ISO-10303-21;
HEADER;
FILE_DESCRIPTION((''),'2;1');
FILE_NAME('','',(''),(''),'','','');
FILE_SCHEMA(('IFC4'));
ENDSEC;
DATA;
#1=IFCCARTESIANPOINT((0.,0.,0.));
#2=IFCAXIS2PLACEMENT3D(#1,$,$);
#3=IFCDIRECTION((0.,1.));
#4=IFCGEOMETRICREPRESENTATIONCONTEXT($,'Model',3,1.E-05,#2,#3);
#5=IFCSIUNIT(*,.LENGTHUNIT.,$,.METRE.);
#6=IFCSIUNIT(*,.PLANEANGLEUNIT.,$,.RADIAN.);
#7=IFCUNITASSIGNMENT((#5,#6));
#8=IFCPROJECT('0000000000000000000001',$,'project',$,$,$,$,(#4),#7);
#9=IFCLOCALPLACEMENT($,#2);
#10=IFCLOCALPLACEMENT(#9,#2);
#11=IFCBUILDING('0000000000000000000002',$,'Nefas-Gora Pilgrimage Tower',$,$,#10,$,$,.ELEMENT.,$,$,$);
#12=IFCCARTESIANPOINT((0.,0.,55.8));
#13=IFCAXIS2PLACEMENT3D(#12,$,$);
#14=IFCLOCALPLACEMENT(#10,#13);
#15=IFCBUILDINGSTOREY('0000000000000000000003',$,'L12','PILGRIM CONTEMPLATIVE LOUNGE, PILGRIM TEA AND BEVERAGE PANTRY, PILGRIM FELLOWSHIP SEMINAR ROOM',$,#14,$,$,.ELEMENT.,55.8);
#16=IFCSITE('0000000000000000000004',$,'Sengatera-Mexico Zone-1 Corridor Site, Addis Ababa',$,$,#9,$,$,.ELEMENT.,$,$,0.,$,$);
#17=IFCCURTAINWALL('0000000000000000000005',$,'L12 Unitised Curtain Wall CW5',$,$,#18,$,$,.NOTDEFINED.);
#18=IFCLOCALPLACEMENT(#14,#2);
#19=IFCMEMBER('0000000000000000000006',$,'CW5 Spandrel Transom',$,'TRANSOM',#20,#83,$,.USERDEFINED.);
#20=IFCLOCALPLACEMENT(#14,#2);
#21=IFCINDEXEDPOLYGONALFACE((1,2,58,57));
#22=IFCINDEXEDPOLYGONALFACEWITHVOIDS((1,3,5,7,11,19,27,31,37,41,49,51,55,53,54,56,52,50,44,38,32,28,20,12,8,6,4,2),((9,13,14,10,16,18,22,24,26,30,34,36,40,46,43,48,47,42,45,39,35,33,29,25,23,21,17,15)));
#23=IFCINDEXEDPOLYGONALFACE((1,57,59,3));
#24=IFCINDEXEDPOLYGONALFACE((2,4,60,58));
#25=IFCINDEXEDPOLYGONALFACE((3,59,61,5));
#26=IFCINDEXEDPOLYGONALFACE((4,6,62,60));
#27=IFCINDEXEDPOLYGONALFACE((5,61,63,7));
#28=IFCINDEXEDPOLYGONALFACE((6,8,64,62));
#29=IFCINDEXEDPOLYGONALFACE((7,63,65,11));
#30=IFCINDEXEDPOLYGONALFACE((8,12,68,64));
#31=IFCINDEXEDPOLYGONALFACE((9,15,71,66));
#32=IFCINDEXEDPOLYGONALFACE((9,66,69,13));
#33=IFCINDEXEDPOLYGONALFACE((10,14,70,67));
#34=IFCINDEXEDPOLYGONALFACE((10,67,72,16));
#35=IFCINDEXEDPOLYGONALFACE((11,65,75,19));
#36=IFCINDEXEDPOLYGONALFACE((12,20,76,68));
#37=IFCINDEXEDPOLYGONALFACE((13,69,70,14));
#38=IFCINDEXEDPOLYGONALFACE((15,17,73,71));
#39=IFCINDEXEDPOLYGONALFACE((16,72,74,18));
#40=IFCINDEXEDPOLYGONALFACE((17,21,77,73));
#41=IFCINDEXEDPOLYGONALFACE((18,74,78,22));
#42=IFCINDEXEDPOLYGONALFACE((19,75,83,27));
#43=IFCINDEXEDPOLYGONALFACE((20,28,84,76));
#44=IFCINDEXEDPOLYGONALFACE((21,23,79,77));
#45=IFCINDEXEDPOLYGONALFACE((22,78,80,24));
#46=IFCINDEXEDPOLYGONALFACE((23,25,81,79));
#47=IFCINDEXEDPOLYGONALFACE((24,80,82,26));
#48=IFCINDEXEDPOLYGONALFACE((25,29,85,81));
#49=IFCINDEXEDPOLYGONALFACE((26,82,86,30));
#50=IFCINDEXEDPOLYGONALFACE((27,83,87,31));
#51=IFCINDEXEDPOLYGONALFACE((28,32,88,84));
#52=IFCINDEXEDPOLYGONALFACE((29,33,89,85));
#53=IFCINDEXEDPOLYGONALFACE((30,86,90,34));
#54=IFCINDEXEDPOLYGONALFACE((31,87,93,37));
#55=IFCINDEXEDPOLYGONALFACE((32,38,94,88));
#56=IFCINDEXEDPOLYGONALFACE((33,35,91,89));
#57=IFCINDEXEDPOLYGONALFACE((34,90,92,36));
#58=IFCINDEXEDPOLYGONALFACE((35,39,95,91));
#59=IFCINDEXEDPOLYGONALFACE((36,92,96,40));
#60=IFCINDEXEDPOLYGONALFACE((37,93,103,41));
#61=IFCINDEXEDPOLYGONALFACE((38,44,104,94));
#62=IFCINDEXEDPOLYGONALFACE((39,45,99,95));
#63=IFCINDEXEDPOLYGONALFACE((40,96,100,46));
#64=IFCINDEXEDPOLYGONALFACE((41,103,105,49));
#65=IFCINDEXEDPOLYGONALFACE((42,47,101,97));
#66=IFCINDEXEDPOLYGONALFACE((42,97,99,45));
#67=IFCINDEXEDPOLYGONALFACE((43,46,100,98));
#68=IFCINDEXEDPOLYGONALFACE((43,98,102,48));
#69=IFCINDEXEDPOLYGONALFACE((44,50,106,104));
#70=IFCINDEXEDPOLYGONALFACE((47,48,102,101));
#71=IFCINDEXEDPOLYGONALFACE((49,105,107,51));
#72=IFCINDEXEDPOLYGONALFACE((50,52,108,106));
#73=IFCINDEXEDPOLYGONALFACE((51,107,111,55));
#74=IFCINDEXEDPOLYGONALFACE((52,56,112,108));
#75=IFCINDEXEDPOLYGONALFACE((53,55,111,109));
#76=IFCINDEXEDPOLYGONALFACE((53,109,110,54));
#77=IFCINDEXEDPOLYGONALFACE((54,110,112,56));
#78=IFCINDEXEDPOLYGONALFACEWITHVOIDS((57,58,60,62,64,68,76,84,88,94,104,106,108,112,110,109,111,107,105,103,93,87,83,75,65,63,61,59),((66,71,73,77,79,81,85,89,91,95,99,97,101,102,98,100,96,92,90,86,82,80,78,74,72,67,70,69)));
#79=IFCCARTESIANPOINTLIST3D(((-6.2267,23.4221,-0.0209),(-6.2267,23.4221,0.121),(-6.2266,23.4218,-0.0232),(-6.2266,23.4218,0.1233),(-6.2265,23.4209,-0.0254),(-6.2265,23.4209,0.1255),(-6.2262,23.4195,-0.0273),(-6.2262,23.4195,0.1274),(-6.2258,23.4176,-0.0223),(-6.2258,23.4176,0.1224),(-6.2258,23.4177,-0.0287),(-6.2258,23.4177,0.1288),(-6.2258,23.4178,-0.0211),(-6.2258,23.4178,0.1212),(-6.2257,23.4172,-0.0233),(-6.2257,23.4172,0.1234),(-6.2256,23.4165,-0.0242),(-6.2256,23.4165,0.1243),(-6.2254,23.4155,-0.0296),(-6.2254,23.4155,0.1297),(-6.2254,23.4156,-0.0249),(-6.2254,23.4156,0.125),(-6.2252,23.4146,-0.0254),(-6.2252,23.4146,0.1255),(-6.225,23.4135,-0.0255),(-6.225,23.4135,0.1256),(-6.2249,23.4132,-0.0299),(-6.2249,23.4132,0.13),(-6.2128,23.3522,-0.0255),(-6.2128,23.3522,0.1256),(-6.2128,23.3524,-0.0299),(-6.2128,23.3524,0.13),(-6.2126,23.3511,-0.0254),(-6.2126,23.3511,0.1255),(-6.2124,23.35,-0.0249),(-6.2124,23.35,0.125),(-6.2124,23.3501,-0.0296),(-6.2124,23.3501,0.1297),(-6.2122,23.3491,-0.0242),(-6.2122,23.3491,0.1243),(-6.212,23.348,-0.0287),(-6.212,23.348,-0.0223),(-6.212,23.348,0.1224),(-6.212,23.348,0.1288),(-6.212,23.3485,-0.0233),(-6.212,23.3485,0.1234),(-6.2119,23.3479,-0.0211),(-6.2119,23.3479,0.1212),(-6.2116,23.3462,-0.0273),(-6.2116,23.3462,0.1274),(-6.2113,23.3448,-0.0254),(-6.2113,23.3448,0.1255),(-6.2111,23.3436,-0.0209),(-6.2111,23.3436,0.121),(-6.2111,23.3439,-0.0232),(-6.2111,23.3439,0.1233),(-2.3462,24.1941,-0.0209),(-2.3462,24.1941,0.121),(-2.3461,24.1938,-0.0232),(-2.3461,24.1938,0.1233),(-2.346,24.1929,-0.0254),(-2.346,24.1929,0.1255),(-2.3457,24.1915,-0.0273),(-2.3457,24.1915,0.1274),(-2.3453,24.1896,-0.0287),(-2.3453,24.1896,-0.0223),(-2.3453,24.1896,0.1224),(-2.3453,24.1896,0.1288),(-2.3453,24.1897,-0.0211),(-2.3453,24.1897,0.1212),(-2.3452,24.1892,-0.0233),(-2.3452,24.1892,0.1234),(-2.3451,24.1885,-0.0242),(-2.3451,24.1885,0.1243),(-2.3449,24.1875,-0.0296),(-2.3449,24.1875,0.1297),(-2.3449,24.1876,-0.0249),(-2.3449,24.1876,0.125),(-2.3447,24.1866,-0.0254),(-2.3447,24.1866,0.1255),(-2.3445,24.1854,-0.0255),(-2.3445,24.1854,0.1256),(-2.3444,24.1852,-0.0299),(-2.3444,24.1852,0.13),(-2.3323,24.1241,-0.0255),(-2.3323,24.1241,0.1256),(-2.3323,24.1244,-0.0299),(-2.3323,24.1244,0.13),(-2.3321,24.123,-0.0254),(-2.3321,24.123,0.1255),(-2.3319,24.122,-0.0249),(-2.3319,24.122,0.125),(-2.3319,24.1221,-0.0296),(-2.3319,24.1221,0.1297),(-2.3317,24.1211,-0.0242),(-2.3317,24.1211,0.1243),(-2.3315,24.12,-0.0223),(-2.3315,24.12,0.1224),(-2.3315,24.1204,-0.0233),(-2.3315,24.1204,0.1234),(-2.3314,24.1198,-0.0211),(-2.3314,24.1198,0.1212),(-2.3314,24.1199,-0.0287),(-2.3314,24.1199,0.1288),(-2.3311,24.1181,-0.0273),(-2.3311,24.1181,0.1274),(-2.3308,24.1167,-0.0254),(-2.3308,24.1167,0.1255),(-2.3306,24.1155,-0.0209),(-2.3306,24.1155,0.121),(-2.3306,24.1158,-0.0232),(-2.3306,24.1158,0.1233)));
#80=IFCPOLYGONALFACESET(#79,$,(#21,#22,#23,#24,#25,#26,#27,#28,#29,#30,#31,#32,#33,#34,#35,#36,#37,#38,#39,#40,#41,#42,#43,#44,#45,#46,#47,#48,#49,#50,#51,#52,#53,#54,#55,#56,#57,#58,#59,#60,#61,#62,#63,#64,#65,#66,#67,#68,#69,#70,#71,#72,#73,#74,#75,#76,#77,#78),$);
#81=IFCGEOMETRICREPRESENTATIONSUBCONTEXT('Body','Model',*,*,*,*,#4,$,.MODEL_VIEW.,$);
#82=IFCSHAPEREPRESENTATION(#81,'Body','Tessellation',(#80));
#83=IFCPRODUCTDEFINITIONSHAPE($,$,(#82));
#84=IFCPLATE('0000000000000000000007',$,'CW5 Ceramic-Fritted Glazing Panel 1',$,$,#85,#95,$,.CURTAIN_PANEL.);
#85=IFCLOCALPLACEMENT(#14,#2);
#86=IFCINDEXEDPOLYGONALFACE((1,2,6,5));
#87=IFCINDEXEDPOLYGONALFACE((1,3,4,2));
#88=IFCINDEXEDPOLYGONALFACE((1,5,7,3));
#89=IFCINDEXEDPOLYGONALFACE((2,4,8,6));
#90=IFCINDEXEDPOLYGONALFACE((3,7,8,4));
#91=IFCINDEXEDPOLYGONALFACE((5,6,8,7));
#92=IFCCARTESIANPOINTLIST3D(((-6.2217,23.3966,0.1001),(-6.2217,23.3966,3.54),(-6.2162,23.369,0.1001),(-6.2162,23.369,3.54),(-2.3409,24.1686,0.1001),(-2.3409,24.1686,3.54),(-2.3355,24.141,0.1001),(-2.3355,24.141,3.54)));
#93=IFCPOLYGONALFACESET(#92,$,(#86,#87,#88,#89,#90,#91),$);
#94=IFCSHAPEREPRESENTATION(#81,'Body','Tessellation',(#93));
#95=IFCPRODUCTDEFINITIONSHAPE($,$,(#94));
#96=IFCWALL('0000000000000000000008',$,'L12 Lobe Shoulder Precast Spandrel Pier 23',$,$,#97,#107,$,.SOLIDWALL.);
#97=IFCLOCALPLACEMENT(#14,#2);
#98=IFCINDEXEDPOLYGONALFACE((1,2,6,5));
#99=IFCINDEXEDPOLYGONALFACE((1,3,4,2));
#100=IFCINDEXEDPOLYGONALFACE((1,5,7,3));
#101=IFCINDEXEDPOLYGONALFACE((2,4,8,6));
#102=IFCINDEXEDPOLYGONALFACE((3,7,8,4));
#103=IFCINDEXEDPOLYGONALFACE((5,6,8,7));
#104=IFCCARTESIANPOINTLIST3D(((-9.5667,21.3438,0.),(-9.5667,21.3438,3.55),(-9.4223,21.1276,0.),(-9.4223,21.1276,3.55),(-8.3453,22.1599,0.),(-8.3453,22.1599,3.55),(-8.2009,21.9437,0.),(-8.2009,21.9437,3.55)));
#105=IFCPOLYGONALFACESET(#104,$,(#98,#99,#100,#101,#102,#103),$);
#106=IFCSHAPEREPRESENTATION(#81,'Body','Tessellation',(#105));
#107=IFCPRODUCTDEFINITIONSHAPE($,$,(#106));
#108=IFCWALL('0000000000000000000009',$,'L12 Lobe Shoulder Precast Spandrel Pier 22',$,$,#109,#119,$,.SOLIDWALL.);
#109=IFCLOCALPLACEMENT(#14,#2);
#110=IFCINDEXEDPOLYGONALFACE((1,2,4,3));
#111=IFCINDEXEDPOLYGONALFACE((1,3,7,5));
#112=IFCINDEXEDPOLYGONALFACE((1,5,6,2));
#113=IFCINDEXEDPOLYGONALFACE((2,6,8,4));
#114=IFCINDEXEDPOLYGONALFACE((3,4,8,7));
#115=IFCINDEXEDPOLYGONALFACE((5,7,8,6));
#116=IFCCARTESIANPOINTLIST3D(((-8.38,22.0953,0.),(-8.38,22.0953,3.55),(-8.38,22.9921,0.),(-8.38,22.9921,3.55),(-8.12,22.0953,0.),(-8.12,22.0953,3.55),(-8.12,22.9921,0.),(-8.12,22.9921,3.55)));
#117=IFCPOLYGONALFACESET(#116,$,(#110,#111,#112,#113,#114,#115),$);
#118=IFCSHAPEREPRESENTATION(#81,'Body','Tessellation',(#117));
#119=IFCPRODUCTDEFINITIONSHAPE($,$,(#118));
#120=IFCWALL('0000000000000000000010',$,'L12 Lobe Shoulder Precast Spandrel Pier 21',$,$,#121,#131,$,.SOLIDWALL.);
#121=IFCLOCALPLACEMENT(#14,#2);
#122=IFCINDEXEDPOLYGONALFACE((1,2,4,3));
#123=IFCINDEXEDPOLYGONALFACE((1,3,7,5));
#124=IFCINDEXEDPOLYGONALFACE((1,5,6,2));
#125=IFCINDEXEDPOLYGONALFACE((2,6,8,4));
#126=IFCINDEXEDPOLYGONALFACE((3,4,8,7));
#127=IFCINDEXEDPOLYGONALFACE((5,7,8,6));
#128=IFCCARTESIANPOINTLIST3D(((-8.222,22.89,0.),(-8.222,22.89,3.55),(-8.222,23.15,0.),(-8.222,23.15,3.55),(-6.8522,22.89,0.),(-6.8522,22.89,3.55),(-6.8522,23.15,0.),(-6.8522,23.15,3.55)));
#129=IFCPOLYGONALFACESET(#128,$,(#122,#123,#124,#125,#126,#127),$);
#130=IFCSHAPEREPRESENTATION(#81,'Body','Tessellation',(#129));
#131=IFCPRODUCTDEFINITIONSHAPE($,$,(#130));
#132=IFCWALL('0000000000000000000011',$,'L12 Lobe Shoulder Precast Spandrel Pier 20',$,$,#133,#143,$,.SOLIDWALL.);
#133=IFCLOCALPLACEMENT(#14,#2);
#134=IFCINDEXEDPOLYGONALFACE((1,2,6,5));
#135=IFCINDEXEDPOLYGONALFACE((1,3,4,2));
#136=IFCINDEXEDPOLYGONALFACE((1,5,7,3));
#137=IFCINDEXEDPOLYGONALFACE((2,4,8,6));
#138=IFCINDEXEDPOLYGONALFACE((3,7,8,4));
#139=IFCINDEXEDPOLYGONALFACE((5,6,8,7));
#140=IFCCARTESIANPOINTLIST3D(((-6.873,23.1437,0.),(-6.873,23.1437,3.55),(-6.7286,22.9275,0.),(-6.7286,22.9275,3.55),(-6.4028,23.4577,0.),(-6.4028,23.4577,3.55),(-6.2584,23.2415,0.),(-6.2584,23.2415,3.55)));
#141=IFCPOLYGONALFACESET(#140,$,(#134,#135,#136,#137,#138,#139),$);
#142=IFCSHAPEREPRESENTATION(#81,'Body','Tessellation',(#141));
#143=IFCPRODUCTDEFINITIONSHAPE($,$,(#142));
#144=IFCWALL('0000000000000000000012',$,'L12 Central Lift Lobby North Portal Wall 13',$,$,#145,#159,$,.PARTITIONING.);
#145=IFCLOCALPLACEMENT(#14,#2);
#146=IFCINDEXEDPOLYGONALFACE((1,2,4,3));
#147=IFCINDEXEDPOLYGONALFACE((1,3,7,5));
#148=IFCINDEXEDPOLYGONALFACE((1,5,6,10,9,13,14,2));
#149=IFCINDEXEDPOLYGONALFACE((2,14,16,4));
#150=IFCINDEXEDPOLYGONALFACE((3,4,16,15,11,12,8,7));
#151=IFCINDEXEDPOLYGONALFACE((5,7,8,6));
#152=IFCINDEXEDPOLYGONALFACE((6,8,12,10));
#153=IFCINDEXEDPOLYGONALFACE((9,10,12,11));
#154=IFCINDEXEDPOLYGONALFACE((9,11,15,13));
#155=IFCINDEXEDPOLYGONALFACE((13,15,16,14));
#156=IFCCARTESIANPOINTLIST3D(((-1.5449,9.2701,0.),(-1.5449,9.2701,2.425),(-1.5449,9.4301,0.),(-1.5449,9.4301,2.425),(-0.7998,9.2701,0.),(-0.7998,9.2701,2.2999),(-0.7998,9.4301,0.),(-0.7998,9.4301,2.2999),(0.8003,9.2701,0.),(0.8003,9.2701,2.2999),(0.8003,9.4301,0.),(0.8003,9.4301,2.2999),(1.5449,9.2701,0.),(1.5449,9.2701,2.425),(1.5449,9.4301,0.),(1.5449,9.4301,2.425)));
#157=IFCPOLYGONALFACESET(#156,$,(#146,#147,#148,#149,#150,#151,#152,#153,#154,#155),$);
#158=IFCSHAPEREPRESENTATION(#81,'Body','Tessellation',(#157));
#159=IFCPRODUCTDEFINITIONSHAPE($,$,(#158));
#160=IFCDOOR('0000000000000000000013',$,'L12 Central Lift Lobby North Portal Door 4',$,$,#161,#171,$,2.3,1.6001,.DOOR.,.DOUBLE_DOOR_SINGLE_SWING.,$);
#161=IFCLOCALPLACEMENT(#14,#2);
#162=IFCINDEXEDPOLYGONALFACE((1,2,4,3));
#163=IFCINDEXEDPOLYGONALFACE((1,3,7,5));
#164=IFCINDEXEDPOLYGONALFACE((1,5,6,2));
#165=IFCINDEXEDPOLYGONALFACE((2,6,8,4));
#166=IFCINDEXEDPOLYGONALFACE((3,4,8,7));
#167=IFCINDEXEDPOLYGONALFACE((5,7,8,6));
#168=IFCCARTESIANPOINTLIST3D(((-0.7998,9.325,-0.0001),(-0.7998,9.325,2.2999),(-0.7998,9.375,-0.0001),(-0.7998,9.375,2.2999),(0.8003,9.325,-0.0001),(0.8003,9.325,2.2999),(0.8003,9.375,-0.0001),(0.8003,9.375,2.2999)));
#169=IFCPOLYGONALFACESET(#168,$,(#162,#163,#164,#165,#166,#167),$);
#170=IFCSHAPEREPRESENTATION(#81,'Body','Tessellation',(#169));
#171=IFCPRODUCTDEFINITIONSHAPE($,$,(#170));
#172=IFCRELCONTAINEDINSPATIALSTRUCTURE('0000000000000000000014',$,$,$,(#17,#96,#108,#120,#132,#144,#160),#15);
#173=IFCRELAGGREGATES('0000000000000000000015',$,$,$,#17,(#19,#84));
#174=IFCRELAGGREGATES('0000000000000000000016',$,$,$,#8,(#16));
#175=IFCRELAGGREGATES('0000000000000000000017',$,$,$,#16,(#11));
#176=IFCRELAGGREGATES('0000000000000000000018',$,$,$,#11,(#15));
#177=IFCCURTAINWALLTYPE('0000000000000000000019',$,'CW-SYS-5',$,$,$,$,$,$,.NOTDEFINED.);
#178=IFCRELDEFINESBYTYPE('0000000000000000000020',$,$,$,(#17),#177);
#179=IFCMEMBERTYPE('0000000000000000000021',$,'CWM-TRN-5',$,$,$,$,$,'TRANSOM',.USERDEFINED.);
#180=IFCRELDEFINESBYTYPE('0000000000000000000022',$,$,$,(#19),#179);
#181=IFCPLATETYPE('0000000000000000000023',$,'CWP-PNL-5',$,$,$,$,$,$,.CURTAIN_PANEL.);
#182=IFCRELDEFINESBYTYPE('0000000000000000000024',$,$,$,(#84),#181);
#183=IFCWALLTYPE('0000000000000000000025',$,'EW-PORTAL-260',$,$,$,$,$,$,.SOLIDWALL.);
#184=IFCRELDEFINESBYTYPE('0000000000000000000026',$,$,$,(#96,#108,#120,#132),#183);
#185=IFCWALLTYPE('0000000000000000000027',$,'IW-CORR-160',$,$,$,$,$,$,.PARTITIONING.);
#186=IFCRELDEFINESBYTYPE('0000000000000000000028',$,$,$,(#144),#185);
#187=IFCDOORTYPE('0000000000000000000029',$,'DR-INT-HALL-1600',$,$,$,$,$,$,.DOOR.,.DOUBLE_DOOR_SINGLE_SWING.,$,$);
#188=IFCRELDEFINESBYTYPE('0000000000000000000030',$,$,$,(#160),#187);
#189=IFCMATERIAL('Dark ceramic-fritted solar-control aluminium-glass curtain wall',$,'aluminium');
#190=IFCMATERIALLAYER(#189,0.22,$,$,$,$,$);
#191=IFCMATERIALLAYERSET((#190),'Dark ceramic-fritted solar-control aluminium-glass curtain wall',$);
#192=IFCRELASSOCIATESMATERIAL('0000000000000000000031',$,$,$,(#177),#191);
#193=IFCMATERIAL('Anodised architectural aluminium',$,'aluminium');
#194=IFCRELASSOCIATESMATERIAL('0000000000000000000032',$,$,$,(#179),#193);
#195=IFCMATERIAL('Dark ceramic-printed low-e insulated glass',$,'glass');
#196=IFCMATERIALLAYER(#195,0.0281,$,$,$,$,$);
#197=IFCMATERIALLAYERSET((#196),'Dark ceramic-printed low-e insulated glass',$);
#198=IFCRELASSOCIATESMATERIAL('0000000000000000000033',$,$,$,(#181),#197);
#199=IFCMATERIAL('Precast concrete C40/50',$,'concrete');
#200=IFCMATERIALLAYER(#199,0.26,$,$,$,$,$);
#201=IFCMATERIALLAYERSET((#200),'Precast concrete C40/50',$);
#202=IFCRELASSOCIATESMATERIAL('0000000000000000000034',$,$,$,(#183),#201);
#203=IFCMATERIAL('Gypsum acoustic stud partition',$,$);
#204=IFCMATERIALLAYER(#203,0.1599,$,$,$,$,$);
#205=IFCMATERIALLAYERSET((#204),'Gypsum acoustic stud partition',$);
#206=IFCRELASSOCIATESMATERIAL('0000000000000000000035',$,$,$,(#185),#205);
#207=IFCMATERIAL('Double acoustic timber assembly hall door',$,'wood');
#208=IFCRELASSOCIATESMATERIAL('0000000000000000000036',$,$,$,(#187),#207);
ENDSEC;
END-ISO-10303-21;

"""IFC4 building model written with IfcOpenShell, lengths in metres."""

from ifc_helpers import new_model, si_unit, direction, frame, frame_2d, origin, origin_2d, place, context, subcontext, project, spatial, rectangle, hollow_rectangle, extrude, source, transform, mapped, material, layer, layer_set, material_profile, profile_set, type_object, element, fill, aggregate, save


model = new_model("IFC4")

# Units and contexts
model_context = context("Model", 3, precision=1e-05, world=origin(), true_north=direction((0.0, 1.0)))
body_context = subcontext(model_context, "Body", "Model", "MODEL_VIEW")
ifc_project = project(units=[si_unit("LENGTHUNIT", "METRE"), si_unit("PLANEANGLEUNIT", "RADIAN")], contexts=[model_context])

# Site, building, storey
site_placement = place(None, origin())
site = spatial("IfcSite", under=ifc_project, at=site_placement, Name="Sengatera-Mexico Zone-1 Corridor Site, Addis Ababa", CompositionType="ELEMENT", RefElevation=0.0)
building_placement = place(site_placement, origin())
building = spatial("IfcBuilding", under=site, at=building_placement, Name="Nefas-Gora Pilgrimage Tower", CompositionType="ELEMENT")
storey_placement = place(building_placement, frame((0.0, 0.0, 55.8)))
storey = spatial("IfcBuildingStorey", under=building, at=storey_placement, Name="L12", Description="PILGRIM CONTEMPLATIVE LOUNGE, PILGRIM TEA AND BEVERAGE PANTRY, PILGRIM FELLOWSHIP SEMINAR ROOM", CompositionType="ELEMENT", Elevation=55.8)

# Curtain wall
ifc_material_1 = material(Name="Dark ceramic-fritted solar-control aluminium-glass curtain wall", Category="aluminium")
ifc_layer_1 = layer(ifc_material_1, 0.22)
ifc_layer_set_1 = layer_set([ifc_layer_1], Name="Dark ceramic-fritted solar-control aluminium-glass curtain wall")
curtain_wall_type = type_object("IfcCurtainWallType", Name="CW-SYS-5", PredefinedType="NOTDEFINED", material=ifc_layer_set_1)
curtain_wall_1_placement = place(storey_placement, origin())
curtain_wall_1 = element("IfcCurtainWall", 1, at=curtain_wall_1_placement, inside=storey, type_object=curtain_wall_type, Name="L12 Unitised Curtain Wall CW5", PredefinedType="NOTDEFINED")
ifc_material_2 = material(Name="Anodised architectural aluminium", Category="aluminium")
ifc_material_profile_1 = material_profile(ifc_material_2, hollow_rectangle(XDim=0.0801, YDim=0.1599, WallThickness=0.0044, InnerFilletRadius=0.0044, OuterFilletRadius=0.009, at=origin_2d()), Name="ALU TRANSOM 80x160")
ifc_profile_set_1 = profile_set([ifc_material_profile_1], Name="Anodised architectural aluminium")
member_type_1 = type_object("IfcMemberType", Name="CWM-TRN-5", ElementType="TRANSOM", PredefinedType="USERDEFINED", material=ifc_profile_set_1)

# Member
shared_shape_1 = source(origin(), body_context, "Body", "SweptSolid", [
    extrude(hollow_rectangle(XDim=0.0801, YDim=0.1599, WallThickness=0.0044, InnerFilletRadius=0.0044, OuterFilletRadius=0.009, at=origin_2d()), origin(), (0.0, 0.0, 1.0), 3.9565),
])
member_1_placement = place(storey_placement, frame((-2.3384, 24.1548, 0.05), z_axis=(-0.980782, -0.195107, 0.0), x_axis=(0.195107, -0.980782, 0.0)))
member_1 = element("IfcMember", 2, at=member_1_placement, type_object=member_type_1, Name="CW5 Spandrel Transom", ObjectType="TRANSOM", PredefinedType="USERDEFINED", context=body_context, shape_type="MappedRepresentation", body=[
    mapped(shared_shape_1, transform((0.0, 0.0, 0.0), x_axis=(1.0, 0.0, 0.0), y_axis=(0.0, 1.0, 0.0), z_axis=(0.0, 0.0, 1.0), scale=1.0)),
])

# Plate
ifc_material_3 = material(Name="Dark ceramic-printed low-e insulated glass", Category="glass")
ifc_layer_2 = layer(ifc_material_3, 0.0281)
ifc_layer_set_2 = layer_set([ifc_layer_2], Name="Dark ceramic-printed low-e insulated glass")
plate_type = type_object("IfcPlateType", Name="CWP-PNL-5", PredefinedType="CURTAIN_PANEL", material=ifc_layer_set_2)
shared_shape_2 = source(origin(), body_context, "Body", "SweptSolid", [
    extrude(rectangle(XDim=3.9568, YDim=0.0281, at=origin_2d()), origin(), (0.0, 0.0, 1.0), 3.4399),
])
plate_placement = place(storey_placement, frame((-4.2786, 23.7688, 0.1001), z_axis=(0.0, 0.0, 1.0), x_axis=(-0.980783, -0.195102, 0.0)))
plate = element("IfcPlate", 3, at=plate_placement, type_object=plate_type, Name="CW5 Ceramic-Fritted Glazing Panel 1", PredefinedType="CURTAIN_PANEL", context=body_context, shape_type="MappedRepresentation", body=[
    mapped(shared_shape_2, transform((0.0, 0.0, 0.0), x_axis=(1.0, 0.0, 0.0), y_axis=(0.0, 1.0, 0.0), z_axis=(0.0, 0.0, 1.0), scale=1.0)),
])
aggregate(curtain_wall_1, [member_1, plate])

# Walls
ifc_material_4 = material(Name="Precast concrete C40/50", Category="concrete")
ifc_layer_3 = layer(ifc_material_4, 0.26)
ifc_layer_set_3 = layer_set([ifc_layer_3], Name="Precast concrete C40/50")
wall_type_1 = type_object("IfcWallType", Name="EW-PORTAL-260", PredefinedType="SOLIDWALL", material=ifc_layer_set_3)
shared_shape_3 = source(origin(), body_context, "Body", "SweptSolid", [
    extrude(rectangle(XDim=1.469, YDim=0.26, at=frame_2d((0.7344, 0.0))), origin(), (0.0, 0.0, 1.0), 3.55),
])
wall_1_placement = place(storey_placement, frame((-8.2732, 22.0518, 0.0), z_axis=(0.0, 0.0, 1.0), x_axis=(-0.831462, -0.555582, 0.0)))
element("IfcWall", 4, at=wall_1_placement, inside=storey, type_object=wall_type_1, Name="L12 Lobe Shoulder Precast Spandrel Pier 23", PredefinedType="SOLIDWALL", context=body_context, shape_type="MappedRepresentation", body=[
    mapped(shared_shape_3, transform((0.0, 0.0, 0.0), x_axis=(1.0, 0.0, 0.0), y_axis=(0.0, 1.0, 0.0), z_axis=(0.0, 0.0, 1.0), scale=1.0)),
])
shared_shape_4 = source(origin(), body_context, "Body", "SweptSolid", [
    extrude(rectangle(XDim=0.8967, YDim=0.26, at=frame_2d((0.4482, 0.0))), origin(), (0.0, 0.0, 1.0), 3.55),
])
wall_2_placement = place(storey_placement, frame((-8.25, 22.9919, 0.0), z_axis=(0.0, 0.0, 1.0), x_axis=(0.0, -1.0, 0.0)))
element("IfcWall", 5, at=wall_2_placement, inside=storey, type_object=wall_type_1, Name="L12 Lobe Shoulder Precast Spandrel Pier 22", PredefinedType="SOLIDWALL", context=body_context, shape_type="MappedRepresentation", body=[
    mapped(shared_shape_4, transform((0.0, 0.0, 0.0), x_axis=(1.0, 0.0, 0.0), y_axis=(0.0, 1.0, 0.0), z_axis=(0.0, 0.0, 1.0), scale=1.0)),
])
shared_shape_5 = source(origin(), body_context, "Body", "SweptSolid", [
    extrude(rectangle(XDim=1.3699, YDim=0.26, at=frame_2d((0.6851, 0.0))), origin(), (0.0, 0.0, 1.0), 3.55),
])
wall_3_placement = place(storey_placement, frame((-6.8521, 23.02, 0.0), z_axis=(0.0, 0.0, 1.0), x_axis=(-1.0, 0.0, 0.0)))
element("IfcWall", 6, at=wall_3_placement, inside=storey, type_object=wall_type_1, Name="L12 Lobe Shoulder Precast Spandrel Pier 21", PredefinedType="SOLIDWALL", context=body_context, shape_type="MappedRepresentation", body=[
    mapped(shared_shape_5, transform((0.0, 0.0, 0.0), x_axis=(1.0, 0.0, 0.0), y_axis=(0.0, 1.0, 0.0), z_axis=(0.0, 0.0, 1.0), scale=1.0)),
])
shared_shape_6 = source(origin(), body_context, "Body", "SweptSolid", [
    extrude(rectangle(XDim=0.5654, YDim=0.26, at=frame_2d((0.2827, 0.0))), origin(), (0.0, 0.0, 1.0), 3.55),
])
wall_4_placement = place(storey_placement, frame((-6.3306, 23.3496, 0.0), z_axis=(0.0, 0.0, 1.0), x_axis=(-0.831651, -0.555298, 0.0)))
element("IfcWall", 7, at=wall_4_placement, inside=storey, type_object=wall_type_1, Name="L12 Lobe Shoulder Precast Spandrel Pier 20", PredefinedType="SOLIDWALL", context=body_context, shape_type="MappedRepresentation", body=[
    mapped(shared_shape_6, transform((0.0, 0.0, 0.0), x_axis=(1.0, 0.0, 0.0), y_axis=(0.0, 1.0, 0.0), z_axis=(0.0, 0.0, 1.0), scale=1.0)),
])

# Wall, opening, door
ifc_material_5 = material(Name="Gypsum acoustic stud partition")
ifc_layer_4 = layer(ifc_material_5, 0.1599)
ifc_layer_set_4 = layer_set([ifc_layer_4], Name="Gypsum acoustic stud partition")
wall_type_2 = type_object("IfcWallType", Name="IW-CORR-160", PredefinedType="PARTITIONING", material=ifc_layer_set_4)
shared_shape_7 = source(origin(), body_context, "Body", "SweptSolid", [
    extrude(rectangle(XDim=3.0898, YDim=0.1599, at=frame_2d((1.5449, 0.0))), origin(), (0.0, 0.0, 1.0), 2.425),
])
wall_5_placement = place(storey_placement, frame((-1.5449, 9.3501, 0.0), z_axis=(0.0, 0.0, 1.0), x_axis=(1.0, 0.0, 0.0)))
wall_5 = element("IfcWall", 8, at=wall_5_placement, inside=storey, type_object=wall_type_2, Name="L12 Central Lift Lobby North Portal Wall 13", PredefinedType="PARTITIONING", context=body_context, shape_type="MappedRepresentation", body=[
    mapped(shared_shape_7, transform((0.0, 0.0, 0.0), x_axis=(1.0, 0.0, 0.0), y_axis=(0.0, 1.0, 0.0), z_axis=(0.0, 0.0, 1.0), scale=1.0)),
])
opening_1_placement = place(wall_5_placement, frame((0.7451, 0.0, 0.0)))
opening_1 = element("IfcOpeningElement", 9, at=opening_1_placement, cuts=wall_5, PredefinedType="OPENING", context=body_context, shape_type="SweptSolid", body=[
    extrude(rectangle(XDim=1.6001, YDim=2.3, at=frame_2d((0.8, 1.1499))), frame((0.0, 0.0898, 0.0), z_axis=(0.0, -1.0, 0.0), x_axis=(1.0, 0.0, 0.0)), (0.0, 0.0, 1.0), 0.1799),
])
ifc_material_6 = material(Name="Double acoustic timber assembly hall door", Category="wood")
door_type_1 = type_object("IfcDoorType", Name="DR-INT-HALL-1600", OperationType="DOUBLE_DOOR_SINGLE_SWING", PredefinedType="DOOR", material=ifc_material_6)
shared_shape_8 = source(origin(), body_context, "Body", "SweptSolid", [
    extrude(rectangle(XDim=1.6001, YDim=2.3, at=frame_2d((0.8, 1.1499))), frame((0.0, 0.0249, 0.0), z_axis=(0.0, -1.0, 0.0), x_axis=(1.0, 0.0, 0.0)), (0.0, 0.0, 1.0), 0.05),
])
door_1_placement = place(opening_1_placement, origin())
door_1 = element("IfcDoor", 10, at=door_1_placement, inside=storey, type_object=door_type_1, Name="L12 Central Lift Lobby North Portal Door 4", OperationType="DOUBLE_DOOR_SINGLE_SWING", OverallHeight=2.3, OverallWidth=1.6001, PredefinedType="DOOR", context=body_context, shape_type="MappedRepresentation", body=[
    mapped(shared_shape_8, transform((0.0, 0.0, 0.0), x_axis=(1.0, 0.0, 0.0), y_axis=(0.0, 1.0, 0.0), z_axis=(0.0, 0.0, 1.0), scale=1.0)),
])
fill(opening_1, door_1)

save(model, "model.ifc")
